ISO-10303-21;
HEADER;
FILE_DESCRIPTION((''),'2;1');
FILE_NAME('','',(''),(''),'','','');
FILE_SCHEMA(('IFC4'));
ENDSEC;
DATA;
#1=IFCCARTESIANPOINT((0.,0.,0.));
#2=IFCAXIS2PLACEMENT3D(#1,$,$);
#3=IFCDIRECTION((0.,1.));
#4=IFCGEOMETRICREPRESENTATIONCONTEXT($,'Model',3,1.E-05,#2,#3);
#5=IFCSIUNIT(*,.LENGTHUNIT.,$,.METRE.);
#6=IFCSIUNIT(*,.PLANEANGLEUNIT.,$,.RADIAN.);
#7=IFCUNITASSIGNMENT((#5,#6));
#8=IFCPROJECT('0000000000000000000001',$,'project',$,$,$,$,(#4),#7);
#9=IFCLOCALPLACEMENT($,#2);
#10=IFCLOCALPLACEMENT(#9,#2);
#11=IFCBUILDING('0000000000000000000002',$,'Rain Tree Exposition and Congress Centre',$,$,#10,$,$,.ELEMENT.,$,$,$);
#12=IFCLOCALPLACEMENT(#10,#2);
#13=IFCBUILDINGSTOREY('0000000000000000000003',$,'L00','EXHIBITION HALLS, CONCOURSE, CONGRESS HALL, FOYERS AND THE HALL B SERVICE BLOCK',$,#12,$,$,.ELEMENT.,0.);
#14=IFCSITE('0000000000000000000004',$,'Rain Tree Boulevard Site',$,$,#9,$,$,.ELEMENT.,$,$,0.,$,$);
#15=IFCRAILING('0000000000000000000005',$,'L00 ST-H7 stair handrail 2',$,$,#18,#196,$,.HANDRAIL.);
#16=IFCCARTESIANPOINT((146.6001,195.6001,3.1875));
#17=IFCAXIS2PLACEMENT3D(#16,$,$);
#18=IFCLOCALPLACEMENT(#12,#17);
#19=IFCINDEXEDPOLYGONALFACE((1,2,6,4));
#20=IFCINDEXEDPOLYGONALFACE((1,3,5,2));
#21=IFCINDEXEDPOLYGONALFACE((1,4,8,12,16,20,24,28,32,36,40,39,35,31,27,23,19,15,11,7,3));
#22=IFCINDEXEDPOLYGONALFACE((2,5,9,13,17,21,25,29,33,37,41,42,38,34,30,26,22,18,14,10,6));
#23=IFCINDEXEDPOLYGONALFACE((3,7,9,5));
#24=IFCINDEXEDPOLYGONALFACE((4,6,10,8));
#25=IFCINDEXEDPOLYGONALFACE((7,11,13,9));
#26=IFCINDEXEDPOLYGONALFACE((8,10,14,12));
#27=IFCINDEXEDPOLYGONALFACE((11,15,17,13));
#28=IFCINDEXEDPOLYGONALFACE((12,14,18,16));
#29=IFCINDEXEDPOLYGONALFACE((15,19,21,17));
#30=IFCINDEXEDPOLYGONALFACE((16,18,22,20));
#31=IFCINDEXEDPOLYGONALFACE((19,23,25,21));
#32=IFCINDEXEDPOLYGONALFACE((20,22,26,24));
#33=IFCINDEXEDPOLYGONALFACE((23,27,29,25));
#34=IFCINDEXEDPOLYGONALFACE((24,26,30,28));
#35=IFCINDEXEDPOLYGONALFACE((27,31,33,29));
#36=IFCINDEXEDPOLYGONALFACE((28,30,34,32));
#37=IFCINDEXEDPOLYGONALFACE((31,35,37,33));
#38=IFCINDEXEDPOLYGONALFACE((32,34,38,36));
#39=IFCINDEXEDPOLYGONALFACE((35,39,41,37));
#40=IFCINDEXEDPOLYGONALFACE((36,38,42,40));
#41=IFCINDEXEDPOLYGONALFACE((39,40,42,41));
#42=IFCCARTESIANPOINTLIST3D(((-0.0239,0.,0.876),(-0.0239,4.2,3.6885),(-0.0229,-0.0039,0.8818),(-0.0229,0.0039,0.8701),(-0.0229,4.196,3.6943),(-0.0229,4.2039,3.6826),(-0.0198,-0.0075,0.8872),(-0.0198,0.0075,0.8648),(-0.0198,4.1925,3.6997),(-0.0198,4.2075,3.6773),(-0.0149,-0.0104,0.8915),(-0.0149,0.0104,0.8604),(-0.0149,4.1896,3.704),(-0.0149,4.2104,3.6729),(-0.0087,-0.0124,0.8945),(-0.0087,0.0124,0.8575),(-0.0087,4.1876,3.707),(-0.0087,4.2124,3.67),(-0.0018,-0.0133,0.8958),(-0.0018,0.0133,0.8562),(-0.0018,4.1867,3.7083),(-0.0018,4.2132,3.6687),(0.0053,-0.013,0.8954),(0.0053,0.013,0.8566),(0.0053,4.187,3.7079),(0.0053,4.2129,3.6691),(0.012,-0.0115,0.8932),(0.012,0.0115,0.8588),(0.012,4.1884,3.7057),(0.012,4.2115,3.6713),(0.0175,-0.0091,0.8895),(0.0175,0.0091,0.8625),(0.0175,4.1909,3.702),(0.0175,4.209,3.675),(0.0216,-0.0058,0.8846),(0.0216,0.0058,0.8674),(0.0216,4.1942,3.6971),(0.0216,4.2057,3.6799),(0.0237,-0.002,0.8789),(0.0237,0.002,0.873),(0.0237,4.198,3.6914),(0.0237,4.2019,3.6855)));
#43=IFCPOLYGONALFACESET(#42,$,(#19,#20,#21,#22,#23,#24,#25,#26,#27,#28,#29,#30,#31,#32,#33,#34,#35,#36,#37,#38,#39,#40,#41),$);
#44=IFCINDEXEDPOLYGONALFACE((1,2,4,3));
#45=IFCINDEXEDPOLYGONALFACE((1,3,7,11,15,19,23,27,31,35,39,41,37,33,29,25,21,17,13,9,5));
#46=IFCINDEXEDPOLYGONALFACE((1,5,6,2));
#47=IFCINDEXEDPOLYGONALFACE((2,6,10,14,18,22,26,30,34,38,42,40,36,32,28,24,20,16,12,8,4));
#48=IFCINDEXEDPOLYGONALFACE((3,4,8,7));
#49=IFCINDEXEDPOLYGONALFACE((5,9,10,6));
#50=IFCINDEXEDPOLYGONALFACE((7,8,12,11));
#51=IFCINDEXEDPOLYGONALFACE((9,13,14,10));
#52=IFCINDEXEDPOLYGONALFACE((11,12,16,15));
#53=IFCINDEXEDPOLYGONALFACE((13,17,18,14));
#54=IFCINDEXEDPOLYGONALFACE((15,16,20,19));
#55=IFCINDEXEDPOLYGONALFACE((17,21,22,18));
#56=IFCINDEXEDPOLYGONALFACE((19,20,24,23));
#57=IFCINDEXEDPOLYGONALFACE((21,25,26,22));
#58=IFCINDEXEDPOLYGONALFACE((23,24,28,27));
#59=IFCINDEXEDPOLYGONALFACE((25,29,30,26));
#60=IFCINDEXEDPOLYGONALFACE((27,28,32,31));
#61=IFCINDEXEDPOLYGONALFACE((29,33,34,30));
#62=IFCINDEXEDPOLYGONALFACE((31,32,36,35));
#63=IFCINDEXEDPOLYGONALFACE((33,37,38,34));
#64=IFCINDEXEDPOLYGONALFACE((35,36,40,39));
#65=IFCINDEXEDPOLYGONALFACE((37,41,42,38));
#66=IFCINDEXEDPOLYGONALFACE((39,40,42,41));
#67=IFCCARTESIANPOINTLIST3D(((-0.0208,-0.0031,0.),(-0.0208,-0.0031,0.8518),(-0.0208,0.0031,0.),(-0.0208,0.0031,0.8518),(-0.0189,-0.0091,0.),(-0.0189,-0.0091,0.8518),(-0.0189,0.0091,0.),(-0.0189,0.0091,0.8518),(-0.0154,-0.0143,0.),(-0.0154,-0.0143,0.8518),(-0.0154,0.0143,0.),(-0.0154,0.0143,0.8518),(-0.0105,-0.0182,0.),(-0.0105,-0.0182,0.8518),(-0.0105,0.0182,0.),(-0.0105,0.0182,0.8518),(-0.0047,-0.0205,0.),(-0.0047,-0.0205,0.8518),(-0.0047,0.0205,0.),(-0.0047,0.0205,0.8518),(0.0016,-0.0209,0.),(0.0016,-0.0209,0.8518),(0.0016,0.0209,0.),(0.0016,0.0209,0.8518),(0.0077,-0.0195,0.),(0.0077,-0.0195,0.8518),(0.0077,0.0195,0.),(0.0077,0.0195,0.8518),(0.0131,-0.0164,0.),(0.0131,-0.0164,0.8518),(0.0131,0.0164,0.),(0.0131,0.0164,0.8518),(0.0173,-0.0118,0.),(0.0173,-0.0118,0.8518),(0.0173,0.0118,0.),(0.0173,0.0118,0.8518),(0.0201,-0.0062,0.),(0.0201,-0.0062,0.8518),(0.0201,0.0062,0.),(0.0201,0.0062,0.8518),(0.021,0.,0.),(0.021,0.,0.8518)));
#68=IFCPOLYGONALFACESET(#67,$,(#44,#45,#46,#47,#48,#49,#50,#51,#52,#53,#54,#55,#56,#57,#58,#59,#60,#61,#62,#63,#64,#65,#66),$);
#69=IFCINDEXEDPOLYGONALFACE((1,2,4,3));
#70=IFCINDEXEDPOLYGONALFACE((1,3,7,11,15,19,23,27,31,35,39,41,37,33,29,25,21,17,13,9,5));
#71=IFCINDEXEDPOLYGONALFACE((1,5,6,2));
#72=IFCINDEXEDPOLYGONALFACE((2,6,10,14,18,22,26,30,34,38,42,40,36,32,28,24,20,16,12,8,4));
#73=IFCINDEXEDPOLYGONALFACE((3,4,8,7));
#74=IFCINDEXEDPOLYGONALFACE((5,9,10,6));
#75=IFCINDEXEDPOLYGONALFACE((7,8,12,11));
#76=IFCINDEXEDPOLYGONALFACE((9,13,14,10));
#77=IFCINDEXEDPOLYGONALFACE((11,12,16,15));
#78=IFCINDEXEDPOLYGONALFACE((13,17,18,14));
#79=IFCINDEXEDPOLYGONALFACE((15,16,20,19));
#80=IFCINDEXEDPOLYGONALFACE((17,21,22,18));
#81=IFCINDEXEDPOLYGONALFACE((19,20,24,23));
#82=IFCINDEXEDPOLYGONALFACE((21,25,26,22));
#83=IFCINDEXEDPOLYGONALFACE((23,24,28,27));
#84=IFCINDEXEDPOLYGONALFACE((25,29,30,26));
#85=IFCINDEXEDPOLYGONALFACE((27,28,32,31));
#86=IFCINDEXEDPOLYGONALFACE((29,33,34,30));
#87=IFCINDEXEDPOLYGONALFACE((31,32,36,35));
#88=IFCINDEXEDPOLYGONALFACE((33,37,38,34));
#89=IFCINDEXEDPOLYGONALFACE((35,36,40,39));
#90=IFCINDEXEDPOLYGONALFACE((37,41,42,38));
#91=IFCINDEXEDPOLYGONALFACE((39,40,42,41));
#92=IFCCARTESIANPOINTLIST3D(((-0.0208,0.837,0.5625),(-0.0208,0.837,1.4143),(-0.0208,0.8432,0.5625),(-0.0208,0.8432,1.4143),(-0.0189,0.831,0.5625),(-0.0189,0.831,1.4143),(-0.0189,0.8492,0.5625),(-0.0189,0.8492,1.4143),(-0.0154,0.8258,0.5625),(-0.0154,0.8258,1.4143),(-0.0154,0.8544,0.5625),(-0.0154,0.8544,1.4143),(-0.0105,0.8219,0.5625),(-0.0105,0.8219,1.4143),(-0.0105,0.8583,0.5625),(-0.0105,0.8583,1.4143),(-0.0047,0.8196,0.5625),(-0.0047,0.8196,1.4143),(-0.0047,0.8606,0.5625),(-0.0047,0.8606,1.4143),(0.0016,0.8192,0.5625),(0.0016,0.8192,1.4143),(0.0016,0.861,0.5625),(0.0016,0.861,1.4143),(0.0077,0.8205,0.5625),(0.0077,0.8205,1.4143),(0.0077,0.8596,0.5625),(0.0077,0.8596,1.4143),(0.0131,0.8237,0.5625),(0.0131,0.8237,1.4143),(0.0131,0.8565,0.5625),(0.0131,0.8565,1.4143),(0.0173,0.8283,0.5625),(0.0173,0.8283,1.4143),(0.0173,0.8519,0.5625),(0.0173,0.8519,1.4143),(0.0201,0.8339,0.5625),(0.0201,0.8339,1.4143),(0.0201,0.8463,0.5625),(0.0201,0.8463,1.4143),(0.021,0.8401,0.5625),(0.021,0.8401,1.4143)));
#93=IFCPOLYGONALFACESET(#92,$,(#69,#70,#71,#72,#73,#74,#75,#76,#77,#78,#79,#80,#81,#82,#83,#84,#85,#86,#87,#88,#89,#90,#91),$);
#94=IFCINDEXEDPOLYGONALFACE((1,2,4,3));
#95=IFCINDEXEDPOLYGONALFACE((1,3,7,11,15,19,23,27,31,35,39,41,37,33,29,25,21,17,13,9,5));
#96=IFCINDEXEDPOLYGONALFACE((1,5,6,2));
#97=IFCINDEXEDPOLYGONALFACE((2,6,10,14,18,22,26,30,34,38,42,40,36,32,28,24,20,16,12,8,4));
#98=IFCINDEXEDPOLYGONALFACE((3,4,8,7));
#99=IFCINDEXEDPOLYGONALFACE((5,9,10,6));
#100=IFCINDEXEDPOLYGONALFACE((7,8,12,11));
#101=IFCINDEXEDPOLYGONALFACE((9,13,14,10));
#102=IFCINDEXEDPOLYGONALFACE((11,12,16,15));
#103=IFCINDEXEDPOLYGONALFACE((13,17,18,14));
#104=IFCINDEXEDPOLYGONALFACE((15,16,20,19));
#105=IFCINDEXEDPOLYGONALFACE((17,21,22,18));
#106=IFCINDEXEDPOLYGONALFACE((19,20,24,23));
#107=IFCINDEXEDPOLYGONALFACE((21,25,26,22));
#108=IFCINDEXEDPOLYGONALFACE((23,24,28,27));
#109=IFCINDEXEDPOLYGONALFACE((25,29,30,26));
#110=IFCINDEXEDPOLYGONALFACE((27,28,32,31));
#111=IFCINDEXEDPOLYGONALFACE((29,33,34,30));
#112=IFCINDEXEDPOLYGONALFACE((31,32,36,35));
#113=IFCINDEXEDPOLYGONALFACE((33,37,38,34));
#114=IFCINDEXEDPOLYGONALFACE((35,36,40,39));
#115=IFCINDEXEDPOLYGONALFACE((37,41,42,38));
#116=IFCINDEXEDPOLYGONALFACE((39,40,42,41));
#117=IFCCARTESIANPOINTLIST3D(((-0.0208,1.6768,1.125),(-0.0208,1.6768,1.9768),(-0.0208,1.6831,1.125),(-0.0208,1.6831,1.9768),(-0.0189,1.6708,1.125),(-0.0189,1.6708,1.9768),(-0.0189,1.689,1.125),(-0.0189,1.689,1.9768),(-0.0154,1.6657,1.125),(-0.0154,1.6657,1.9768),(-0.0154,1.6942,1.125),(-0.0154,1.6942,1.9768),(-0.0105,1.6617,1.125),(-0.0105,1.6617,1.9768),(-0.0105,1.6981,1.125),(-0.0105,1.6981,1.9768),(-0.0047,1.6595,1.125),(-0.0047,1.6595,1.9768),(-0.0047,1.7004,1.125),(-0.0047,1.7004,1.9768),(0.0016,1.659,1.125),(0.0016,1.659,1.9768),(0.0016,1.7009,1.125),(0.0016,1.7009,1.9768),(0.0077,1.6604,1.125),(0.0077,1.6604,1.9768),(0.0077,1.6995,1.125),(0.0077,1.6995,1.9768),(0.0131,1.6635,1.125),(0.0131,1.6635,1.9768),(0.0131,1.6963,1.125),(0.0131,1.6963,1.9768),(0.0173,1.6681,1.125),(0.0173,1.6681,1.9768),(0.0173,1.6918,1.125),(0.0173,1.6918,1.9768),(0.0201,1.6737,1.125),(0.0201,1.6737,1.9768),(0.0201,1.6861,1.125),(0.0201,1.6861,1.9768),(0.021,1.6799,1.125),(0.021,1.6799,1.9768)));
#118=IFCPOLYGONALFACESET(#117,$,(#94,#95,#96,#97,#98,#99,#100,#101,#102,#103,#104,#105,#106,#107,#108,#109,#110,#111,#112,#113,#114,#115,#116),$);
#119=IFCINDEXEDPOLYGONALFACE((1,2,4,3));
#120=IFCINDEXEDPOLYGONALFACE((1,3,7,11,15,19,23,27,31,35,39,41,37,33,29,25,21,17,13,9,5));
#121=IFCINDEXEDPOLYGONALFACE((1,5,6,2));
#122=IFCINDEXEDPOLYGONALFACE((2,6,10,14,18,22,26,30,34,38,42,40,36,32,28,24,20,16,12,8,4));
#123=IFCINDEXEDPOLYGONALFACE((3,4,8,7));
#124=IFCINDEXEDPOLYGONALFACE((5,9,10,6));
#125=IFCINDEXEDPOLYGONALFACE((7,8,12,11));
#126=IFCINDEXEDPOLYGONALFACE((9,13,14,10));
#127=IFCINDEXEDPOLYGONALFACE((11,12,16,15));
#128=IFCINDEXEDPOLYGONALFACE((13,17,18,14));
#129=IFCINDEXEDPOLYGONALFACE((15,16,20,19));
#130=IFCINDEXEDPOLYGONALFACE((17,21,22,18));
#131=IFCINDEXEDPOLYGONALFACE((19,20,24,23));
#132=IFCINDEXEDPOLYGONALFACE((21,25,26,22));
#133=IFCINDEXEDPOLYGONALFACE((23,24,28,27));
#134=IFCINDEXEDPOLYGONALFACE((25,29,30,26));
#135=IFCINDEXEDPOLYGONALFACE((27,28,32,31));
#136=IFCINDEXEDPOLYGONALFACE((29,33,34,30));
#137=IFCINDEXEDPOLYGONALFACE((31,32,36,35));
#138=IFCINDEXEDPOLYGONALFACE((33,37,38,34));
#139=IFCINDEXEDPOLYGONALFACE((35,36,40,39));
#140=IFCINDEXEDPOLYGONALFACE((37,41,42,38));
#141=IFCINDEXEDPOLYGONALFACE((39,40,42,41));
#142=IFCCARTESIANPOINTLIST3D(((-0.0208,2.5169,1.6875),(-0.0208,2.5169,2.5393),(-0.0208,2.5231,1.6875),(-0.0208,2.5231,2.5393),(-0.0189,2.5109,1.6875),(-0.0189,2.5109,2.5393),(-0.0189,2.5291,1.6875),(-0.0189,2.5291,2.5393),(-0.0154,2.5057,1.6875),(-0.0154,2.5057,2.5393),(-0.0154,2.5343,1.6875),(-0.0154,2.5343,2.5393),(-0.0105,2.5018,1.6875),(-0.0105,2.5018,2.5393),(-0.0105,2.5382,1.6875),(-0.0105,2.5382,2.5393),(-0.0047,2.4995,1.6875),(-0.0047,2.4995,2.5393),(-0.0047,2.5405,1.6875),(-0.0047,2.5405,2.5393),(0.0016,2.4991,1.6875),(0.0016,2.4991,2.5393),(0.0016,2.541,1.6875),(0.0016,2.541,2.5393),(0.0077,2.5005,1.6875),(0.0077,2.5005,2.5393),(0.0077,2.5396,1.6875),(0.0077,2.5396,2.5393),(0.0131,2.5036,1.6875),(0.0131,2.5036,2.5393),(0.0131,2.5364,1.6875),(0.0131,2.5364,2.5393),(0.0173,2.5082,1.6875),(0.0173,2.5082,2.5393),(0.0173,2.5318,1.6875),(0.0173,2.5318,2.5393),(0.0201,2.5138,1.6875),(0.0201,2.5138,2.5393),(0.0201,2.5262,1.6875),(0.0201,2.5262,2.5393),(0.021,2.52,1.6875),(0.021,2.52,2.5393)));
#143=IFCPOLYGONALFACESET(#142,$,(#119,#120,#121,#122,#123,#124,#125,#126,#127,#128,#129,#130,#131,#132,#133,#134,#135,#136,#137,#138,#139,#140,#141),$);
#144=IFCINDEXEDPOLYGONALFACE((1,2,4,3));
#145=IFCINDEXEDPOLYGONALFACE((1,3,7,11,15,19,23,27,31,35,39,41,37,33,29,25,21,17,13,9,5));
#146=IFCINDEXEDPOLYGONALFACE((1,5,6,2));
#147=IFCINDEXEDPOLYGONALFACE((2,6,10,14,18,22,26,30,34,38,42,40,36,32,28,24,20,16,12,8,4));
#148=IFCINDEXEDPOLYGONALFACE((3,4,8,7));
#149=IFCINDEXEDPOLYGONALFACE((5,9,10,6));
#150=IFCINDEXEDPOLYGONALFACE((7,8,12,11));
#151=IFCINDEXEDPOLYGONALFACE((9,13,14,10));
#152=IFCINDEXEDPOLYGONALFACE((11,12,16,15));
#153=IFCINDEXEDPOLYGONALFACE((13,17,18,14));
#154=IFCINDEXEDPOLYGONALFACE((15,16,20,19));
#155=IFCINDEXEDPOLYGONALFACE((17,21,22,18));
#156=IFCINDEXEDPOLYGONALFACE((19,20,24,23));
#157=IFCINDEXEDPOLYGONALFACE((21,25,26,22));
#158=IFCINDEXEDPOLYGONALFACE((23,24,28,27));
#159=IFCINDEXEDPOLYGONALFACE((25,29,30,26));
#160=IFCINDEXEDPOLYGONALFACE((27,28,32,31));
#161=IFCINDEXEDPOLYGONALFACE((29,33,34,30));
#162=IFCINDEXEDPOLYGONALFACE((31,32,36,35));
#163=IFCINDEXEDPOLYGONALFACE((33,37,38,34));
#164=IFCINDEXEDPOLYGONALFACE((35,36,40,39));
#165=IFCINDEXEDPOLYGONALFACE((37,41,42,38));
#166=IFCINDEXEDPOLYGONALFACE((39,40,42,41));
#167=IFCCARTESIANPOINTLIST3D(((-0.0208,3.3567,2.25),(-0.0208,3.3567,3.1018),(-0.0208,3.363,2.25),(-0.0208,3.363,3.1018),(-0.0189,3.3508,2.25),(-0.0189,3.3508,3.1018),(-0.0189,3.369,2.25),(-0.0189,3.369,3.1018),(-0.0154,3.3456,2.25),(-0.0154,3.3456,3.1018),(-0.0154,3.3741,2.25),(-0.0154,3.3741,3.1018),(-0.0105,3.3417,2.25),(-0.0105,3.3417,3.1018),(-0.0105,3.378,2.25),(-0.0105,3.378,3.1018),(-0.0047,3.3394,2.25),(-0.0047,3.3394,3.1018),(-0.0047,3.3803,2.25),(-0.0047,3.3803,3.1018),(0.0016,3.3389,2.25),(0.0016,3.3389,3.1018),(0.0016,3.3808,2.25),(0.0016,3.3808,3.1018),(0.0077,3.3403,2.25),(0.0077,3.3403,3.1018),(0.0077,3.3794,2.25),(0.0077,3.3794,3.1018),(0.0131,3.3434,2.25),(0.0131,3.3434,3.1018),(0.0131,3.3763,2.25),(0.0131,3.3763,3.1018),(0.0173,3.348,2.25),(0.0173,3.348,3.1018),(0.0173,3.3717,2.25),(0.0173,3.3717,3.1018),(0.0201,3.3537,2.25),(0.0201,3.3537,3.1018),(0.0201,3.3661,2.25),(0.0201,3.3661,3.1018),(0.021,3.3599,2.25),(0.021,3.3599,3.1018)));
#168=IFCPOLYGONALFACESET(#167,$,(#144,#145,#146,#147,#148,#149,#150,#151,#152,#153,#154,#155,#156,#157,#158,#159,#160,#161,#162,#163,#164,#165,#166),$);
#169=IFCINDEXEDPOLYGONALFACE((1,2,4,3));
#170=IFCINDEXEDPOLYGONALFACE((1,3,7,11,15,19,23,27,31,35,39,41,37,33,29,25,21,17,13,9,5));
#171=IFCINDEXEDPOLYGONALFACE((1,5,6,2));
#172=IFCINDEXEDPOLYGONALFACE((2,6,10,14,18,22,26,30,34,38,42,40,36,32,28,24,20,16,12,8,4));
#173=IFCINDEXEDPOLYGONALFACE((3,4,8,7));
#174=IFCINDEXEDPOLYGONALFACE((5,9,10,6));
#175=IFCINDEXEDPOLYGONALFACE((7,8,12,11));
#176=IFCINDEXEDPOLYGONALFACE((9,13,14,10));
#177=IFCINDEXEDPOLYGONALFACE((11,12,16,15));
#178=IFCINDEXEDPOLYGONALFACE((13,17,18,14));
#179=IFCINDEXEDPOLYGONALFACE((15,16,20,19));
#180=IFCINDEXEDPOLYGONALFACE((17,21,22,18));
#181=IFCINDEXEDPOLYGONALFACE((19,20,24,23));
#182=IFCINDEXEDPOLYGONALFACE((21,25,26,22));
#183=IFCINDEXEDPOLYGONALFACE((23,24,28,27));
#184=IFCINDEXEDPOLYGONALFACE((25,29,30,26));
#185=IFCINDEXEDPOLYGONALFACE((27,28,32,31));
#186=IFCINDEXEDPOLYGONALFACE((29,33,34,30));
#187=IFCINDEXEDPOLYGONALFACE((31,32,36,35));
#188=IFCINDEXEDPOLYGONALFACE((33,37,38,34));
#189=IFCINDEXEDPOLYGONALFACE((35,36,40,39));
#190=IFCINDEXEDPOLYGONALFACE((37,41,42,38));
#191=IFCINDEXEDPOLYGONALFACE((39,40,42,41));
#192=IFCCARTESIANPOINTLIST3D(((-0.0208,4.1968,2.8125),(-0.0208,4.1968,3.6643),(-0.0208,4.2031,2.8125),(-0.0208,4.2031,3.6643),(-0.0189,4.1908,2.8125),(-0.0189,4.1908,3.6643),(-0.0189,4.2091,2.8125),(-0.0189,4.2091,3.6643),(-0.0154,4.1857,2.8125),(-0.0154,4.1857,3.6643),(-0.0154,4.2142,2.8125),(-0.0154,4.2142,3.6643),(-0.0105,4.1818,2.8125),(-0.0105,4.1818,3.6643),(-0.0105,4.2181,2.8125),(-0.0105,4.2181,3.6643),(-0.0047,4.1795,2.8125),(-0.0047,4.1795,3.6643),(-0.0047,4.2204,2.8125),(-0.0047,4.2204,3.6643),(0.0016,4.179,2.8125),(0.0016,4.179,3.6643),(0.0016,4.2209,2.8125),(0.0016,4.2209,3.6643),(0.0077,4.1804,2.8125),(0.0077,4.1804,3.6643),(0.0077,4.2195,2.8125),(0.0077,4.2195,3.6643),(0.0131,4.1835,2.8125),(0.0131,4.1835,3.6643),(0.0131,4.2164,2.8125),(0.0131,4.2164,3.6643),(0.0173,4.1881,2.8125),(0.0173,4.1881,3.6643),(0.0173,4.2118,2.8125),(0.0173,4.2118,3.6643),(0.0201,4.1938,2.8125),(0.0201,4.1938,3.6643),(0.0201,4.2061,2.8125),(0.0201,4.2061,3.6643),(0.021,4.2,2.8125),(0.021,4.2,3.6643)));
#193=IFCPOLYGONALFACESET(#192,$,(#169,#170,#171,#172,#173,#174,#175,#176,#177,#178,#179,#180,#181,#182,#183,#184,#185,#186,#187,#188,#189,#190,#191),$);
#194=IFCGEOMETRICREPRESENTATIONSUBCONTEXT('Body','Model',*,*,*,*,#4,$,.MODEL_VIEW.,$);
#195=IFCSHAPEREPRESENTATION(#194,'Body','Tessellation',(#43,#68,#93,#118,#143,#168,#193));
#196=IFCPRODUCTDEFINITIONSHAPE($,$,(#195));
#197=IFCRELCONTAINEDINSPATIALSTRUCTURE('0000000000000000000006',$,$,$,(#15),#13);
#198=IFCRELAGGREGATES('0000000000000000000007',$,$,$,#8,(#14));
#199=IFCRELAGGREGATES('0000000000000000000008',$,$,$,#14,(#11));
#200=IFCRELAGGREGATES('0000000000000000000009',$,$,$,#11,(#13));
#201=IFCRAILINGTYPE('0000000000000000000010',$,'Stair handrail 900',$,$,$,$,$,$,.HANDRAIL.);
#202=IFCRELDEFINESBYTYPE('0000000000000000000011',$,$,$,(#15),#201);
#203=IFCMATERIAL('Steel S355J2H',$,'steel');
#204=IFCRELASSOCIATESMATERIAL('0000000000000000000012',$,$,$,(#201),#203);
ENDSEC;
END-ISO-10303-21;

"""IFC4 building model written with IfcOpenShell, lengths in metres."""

from ifc_helpers import new_model, si_unit, direction, frame, origin, origin_2d, place, context, subcontext, project, spatial, circle, extrude, material, type_object, element, save


model = new_model("IFC4")

# Units and contexts
model_context = context("Model", 3, precision=1e-05, world=origin(), true_north=direction((0.0, 1.0)))
body_context = subcontext(model_context, "Body", "Model", "MODEL_VIEW")
ifc_project = project(units=[si_unit("LENGTHUNIT", "METRE"), si_unit("PLANEANGLEUNIT", "RADIAN")], contexts=[model_context])

# Site, building, storey
site_placement = place(None, origin())
site = spatial("IfcSite", under=ifc_project, at=site_placement, Name="Rain Tree Boulevard Site", CompositionType="ELEMENT", RefElevation=0.0)
building_placement = place(site_placement, origin())
building = spatial("IfcBuilding", under=site, at=building_placement, Name="Rain Tree Exposition and Congress Centre", CompositionType="ELEMENT")
storey_placement = place(building_placement, origin())
storey = spatial("IfcBuildingStorey", under=building, at=storey_placement, Name="L00", Description="EXHIBITION HALLS, CONCOURSE, CONGRESS HALL, FOYERS AND THE HALL B SERVICE BLOCK", CompositionType="ELEMENT", Elevation=0.0)

# Railing
ifc_material_1 = material(Name="Steel S355J2H", Category="steel")
railing_type_1 = type_object("IfcRailingType", Name="Stair handrail 900", PredefinedType="HANDRAIL", material=ifc_material_1)
for number, where, name in (
    (1, (146.6001, 195.6001, 3.1875), "L00 ST-H7 stair handrail 2"),
):
    element("IfcRailing", number, at=place(storey_placement, frame(where)), inside=storey, type_object=railing_type_1, Name=name, PredefinedType="HANDRAIL", context=body_context, shape_type="SweptSolid", body=[
        extrude(circle(Radius=0.0239, at=origin_2d()), frame((0.0, 0.0, 0.876), z_axis=(0.0, 0.830904, 0.556416), x_axis=(-1.0, 0.0, 0.0)), (0.0, 0.0, 1.0), 5.0547),
        extrude(circle(Radius=0.021, at=origin_2d()), origin(), (0.0, 0.0, 1.0), 0.8518),
        extrude(circle(Radius=0.021, at=origin_2d()), frame((0.0, 0.8401, 0.5625)), (0.0, 0.0, 1.0), 0.8518),
        extrude(circle(Radius=0.021, at=origin_2d()), frame((0.0, 1.6799, 1.125)), (0.0, 0.0, 1.0), 0.8518),
        extrude(circle(Radius=0.021, at=origin_2d()), frame((0.0, 2.52, 1.6875)), (0.0, 0.0, 1.0), 0.8518),
        extrude(circle(Radius=0.021, at=origin_2d()), frame((0.0, 3.3599, 2.25)), (0.0, 0.0, 1.0), 0.8518),
        extrude(circle(Radius=0.021, at=origin_2d()), frame((0.0, 4.2, 2.8125)), (0.0, 0.0, 1.0), 0.8518),
    ])

save(model, "model.ifc")
